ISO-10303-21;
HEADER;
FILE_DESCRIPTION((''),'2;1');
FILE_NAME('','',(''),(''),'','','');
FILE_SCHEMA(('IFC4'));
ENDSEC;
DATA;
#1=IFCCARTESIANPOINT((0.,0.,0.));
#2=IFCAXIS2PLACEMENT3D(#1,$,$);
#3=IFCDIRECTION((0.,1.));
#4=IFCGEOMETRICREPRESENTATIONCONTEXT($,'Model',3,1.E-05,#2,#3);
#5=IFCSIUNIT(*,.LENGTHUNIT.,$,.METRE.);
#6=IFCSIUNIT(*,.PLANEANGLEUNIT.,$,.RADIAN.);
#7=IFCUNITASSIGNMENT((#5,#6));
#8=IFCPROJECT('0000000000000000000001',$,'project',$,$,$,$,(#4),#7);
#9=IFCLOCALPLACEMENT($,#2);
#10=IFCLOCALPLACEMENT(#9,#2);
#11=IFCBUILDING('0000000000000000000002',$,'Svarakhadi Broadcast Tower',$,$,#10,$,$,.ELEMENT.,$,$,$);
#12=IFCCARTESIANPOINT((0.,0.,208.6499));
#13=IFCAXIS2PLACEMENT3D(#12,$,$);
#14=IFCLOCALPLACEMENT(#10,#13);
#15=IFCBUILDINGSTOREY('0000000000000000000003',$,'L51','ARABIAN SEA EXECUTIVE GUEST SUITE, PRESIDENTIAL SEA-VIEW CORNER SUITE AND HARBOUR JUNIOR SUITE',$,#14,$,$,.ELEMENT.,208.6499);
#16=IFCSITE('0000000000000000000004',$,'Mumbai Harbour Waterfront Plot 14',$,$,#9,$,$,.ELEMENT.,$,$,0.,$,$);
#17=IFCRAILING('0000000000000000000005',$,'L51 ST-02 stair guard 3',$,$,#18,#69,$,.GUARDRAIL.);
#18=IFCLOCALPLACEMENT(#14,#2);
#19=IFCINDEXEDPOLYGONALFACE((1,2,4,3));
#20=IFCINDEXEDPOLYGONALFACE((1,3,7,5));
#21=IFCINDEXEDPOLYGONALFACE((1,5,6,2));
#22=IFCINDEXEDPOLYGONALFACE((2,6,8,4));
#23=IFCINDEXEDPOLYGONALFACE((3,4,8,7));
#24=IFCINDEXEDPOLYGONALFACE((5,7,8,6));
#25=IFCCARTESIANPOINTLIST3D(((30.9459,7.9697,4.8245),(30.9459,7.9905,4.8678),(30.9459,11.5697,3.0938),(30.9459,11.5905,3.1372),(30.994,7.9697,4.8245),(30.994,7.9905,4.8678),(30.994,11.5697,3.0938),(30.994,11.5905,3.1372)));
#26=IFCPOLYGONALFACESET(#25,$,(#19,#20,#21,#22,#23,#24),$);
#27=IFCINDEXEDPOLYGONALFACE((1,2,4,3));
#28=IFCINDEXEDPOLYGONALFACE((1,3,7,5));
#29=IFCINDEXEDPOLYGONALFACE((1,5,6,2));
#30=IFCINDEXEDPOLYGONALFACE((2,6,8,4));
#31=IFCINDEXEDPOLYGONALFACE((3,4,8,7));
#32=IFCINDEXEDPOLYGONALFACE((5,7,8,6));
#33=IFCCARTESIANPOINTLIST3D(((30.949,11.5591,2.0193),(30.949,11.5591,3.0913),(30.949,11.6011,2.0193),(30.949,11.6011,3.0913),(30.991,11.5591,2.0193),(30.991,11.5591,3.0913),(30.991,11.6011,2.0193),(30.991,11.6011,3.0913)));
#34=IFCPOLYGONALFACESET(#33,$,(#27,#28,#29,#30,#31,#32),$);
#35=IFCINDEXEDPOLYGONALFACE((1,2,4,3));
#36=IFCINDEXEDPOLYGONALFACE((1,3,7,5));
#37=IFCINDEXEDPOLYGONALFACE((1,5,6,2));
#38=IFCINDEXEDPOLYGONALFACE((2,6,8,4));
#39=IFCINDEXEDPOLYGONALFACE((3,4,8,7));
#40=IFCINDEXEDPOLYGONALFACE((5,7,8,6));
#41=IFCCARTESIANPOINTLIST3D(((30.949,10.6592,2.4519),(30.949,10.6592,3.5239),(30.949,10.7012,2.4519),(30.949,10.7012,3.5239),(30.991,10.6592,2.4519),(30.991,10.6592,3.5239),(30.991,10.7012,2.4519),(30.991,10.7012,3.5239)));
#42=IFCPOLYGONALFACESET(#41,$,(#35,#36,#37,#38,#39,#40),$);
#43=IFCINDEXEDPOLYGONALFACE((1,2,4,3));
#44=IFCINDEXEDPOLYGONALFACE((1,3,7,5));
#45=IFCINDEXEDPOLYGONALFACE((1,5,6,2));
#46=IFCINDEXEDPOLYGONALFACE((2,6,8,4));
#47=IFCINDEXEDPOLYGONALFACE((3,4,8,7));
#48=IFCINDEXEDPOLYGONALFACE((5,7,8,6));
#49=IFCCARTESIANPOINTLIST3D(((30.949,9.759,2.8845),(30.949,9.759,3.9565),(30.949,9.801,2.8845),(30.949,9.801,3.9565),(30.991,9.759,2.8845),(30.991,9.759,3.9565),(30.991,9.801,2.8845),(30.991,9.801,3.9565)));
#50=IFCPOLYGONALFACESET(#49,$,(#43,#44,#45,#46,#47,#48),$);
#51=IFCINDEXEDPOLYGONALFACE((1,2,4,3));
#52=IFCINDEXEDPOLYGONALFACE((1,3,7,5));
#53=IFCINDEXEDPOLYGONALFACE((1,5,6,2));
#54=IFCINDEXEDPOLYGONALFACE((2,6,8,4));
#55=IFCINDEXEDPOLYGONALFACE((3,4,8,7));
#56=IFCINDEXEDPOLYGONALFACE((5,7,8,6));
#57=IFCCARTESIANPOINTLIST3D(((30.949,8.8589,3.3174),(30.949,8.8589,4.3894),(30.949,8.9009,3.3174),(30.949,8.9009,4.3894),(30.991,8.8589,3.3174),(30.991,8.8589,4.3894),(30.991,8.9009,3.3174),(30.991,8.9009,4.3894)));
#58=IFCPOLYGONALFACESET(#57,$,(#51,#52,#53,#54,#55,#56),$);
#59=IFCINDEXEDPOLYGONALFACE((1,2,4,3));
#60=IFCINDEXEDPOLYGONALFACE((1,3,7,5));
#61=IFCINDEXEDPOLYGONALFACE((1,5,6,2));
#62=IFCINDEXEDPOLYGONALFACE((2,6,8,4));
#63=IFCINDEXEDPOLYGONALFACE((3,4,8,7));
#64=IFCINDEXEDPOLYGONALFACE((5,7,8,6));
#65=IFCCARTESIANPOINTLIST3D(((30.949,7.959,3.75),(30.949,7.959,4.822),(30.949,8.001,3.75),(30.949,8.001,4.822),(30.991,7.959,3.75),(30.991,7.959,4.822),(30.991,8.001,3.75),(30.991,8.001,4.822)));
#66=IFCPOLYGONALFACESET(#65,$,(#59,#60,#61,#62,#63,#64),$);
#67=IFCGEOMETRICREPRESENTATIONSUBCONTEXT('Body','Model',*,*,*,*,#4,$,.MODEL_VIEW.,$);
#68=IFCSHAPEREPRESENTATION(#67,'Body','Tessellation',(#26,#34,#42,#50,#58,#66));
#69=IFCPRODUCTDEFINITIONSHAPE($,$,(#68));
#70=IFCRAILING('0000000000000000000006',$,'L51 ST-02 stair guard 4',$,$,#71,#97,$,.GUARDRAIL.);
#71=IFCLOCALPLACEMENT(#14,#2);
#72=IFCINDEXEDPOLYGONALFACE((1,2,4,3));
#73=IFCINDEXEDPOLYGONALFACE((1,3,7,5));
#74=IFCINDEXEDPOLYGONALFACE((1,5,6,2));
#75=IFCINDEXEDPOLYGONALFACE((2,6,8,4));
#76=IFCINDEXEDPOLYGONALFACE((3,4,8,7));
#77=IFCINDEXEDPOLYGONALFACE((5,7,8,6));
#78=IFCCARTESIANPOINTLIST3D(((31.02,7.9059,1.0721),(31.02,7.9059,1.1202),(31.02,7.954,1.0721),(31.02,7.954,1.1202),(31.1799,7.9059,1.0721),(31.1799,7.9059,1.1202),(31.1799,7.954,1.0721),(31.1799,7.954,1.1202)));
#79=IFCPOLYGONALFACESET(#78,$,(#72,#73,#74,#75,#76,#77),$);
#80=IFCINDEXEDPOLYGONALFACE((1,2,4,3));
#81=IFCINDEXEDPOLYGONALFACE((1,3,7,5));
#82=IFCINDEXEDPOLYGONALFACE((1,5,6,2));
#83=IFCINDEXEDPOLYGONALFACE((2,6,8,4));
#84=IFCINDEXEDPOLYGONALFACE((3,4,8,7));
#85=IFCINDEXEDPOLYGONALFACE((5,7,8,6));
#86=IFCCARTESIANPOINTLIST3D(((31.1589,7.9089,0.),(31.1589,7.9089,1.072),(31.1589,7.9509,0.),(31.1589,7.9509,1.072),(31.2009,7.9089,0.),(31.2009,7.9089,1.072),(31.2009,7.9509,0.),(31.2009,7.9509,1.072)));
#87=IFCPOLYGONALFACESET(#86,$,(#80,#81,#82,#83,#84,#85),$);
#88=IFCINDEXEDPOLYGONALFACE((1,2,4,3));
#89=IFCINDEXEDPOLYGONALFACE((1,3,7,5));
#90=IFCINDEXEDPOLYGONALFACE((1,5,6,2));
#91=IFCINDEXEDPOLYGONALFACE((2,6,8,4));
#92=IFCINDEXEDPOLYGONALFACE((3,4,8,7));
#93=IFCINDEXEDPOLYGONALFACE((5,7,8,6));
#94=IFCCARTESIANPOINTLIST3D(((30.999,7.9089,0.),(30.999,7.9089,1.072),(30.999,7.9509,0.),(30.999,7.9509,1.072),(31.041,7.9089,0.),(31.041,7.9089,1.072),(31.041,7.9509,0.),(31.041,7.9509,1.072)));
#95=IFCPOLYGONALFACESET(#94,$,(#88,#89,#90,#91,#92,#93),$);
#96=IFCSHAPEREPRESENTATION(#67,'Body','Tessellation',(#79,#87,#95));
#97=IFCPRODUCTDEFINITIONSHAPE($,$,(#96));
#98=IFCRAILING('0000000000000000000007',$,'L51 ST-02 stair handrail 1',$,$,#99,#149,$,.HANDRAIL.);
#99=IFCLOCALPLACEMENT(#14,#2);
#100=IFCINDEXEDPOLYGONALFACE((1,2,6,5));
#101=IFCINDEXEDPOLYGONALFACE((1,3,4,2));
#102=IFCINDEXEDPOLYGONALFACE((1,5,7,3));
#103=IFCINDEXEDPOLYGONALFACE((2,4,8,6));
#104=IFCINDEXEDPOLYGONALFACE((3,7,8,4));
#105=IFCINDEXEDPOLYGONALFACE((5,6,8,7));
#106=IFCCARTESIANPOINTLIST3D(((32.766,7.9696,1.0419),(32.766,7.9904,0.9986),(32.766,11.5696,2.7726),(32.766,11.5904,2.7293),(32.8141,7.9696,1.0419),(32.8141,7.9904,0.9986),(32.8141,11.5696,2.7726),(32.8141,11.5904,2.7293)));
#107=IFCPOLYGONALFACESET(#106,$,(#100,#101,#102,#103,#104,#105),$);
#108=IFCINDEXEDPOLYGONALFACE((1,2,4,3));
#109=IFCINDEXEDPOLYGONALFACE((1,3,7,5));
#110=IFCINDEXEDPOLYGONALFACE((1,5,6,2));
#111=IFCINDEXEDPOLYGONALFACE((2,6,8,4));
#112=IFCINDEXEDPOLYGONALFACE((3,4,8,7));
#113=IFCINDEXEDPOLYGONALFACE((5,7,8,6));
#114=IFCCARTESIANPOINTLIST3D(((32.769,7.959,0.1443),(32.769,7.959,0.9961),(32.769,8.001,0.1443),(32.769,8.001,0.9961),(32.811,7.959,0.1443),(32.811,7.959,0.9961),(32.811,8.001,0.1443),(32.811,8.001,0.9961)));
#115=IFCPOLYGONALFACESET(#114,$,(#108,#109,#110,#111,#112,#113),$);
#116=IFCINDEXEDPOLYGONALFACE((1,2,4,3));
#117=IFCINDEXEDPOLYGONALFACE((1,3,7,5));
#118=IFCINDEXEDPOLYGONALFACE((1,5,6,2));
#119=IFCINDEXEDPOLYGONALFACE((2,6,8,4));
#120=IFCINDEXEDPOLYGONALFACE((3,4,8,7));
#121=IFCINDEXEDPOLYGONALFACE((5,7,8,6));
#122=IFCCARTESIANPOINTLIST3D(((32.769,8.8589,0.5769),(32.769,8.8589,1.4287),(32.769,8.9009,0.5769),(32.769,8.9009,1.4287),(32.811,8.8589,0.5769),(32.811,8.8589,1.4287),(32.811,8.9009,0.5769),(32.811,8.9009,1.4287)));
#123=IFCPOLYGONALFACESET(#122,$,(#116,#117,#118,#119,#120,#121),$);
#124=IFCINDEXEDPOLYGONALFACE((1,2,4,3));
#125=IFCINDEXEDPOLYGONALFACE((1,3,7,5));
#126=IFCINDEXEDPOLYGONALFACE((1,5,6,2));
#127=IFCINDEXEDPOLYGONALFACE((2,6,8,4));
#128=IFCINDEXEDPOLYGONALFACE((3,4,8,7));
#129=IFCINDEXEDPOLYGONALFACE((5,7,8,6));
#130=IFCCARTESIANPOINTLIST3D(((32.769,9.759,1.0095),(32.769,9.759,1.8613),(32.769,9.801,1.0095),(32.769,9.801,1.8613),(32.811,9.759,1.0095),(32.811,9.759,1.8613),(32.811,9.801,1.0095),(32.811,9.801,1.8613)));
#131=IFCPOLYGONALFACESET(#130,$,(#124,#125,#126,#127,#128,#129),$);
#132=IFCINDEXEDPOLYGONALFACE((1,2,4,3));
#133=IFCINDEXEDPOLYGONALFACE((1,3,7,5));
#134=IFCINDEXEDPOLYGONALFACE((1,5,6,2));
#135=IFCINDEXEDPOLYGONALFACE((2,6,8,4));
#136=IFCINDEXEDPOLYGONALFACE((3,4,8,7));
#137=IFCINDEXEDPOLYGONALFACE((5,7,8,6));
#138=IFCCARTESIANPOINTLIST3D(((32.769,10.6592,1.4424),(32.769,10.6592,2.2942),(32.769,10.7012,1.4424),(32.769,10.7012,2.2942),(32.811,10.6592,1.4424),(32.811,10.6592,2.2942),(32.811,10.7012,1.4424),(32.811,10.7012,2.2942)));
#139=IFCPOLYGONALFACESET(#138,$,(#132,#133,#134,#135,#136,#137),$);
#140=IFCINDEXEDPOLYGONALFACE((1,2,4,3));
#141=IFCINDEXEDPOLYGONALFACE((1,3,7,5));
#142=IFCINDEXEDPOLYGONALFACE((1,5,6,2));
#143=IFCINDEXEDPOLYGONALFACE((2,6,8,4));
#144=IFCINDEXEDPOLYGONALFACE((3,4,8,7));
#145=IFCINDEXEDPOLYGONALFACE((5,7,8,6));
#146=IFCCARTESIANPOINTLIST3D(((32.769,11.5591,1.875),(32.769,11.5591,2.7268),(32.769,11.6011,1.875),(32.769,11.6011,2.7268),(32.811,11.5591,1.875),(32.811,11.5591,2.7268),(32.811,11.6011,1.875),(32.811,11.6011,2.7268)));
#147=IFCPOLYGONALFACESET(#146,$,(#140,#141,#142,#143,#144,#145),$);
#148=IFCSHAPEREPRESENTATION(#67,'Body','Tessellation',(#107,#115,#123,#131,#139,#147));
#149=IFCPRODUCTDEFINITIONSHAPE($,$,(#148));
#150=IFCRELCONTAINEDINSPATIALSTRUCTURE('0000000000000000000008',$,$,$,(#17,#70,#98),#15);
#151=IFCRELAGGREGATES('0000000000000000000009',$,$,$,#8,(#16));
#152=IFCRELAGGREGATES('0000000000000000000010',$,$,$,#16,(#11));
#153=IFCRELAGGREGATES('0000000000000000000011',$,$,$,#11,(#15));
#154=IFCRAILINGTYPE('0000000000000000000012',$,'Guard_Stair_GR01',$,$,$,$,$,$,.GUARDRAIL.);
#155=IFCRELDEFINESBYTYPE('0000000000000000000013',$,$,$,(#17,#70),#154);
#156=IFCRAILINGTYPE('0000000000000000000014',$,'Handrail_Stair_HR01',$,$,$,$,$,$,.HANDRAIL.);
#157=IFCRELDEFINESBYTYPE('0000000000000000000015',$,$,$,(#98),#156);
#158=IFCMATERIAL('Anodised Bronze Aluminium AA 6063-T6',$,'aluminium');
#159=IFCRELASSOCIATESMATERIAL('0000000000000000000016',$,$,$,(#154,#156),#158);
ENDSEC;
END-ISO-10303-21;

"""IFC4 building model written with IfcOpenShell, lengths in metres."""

from ifc_helpers import new_model, si_unit, direction, frame, origin, origin_2d, place, context, subcontext, project, spatial, rectangle, extrude, material, type_object, element, save


model = new_model("IFC4")

# Units and contexts
model_context = context("Model", 3, precision=1e-05, world=origin(), true_north=direction((0.0, 1.0)))
body_context = subcontext(model_context, "Body", "Model", "MODEL_VIEW")
ifc_project = project(units=[si_unit("LENGTHUNIT", "METRE"), si_unit("PLANEANGLEUNIT", "RADIAN")], contexts=[model_context])

# Site, building, storey
site_placement = place(None, origin())
site = spatial("IfcSite", under=ifc_project, at=site_placement, Name="Mumbai Harbour Waterfront Plot 14", CompositionType="ELEMENT", RefElevation=0.0)
building_placement = place(site_placement, origin())
building = spatial("IfcBuilding", under=site, at=building_placement, Name="Svarakhadi Broadcast Tower", CompositionType="ELEMENT")
storey_placement = place(building_placement, frame((0.0, 0.0, 208.6499)))
storey = spatial("IfcBuildingStorey", under=building, at=storey_placement, Name="L51", Description="ARABIAN SEA EXECUTIVE GUEST SUITE, PRESIDENTIAL SEA-VIEW CORNER SUITE AND HARBOUR JUNIOR SUITE", CompositionType="ELEMENT", Elevation=208.6499)

# Shared definitions
ifc_material_1 = material(Name="Anodised Bronze Aluminium AA 6063-T6", Category="aluminium")

# Railings
railing_type_1 = type_object("IfcRailingType", Name="Guard_Stair_GR01", PredefinedType="GUARDRAIL", material=ifc_material_1)
railing_1_placement = place(storey_placement, frame((30.97, 11.5801, 2.0193)))
element("IfcRailing", 1, at=railing_1_placement, inside=storey, type_object=railing_type_1, Name="L51 ST-02 stair guard 3", PredefinedType="GUARDRAIL", context=body_context, shape_type="SweptSolid", body=[
    extrude(rectangle(XDim=0.0481, YDim=0.0481, at=origin_2d()), frame((0.0, 0.0, 1.0962), z_axis=(0.0, -0.901263, 0.433273), x_axis=(1.0, 0.0, 0.0)), (0.0, 0.0, 1.0), 3.9944),
    extrude(rectangle(XDim=0.042, YDim=0.042, at=origin_2d()), origin(), (0.0, 0.0, 1.0), 1.072),
    extrude(rectangle(XDim=0.042, YDim=0.042, at=origin_2d()), frame((0.0, -0.8999, 0.4326)), (0.0, 0.0, 1.0), 1.072),
    extrude(rectangle(XDim=0.042, YDim=0.042, at=origin_2d()), frame((0.0, -1.8, 0.8652)), (0.0, 0.0, 1.0), 1.072),
    extrude(rectangle(XDim=0.042, YDim=0.042, at=origin_2d()), frame((0.0, -2.7002, 1.2981)), (0.0, 0.0, 1.0), 1.072),
    extrude(rectangle(XDim=0.042, YDim=0.042, at=origin_2d()), frame((0.0, -3.6001, 1.7307)), (0.0, 0.0, 1.0), 1.072),
])
railing_2_placement = place(storey_placement, frame((31.1799, 7.9299, 0.0)))
element("IfcRailing", 2, at=railing_2_placement, inside=storey, type_object=railing_type_1, Name="L51 ST-02 stair guard 4", PredefinedType="GUARDRAIL", context=body_context, shape_type="SweptSolid", body=[
    extrude(rectangle(XDim=0.0481, YDim=0.0481, at=origin_2d()), frame((0.0, 0.0, 1.0962), z_axis=(-1.0, 0.0, 0.0), x_axis=(0.0, -1.0, 0.0)), (0.0, 0.0, 1.0), 0.1599),
    extrude(rectangle(XDim=0.042, YDim=0.042, at=origin_2d()), origin(), (0.0, 0.0, 1.0), 1.072),
    extrude(rectangle(XDim=0.042, YDim=0.042, at=origin_2d()), frame((-0.1599, 0.0, 0.0)), (0.0, 0.0, 1.0), 1.072),
])
railing_type_2 = type_object("IfcRailingType", Name="Handrail_Stair_HR01", PredefinedType="HANDRAIL", material=ifc_material_1)
railing_3_placement = place(storey_placement, frame((32.79, 7.98, 0.1443)))
element("IfcRailing", 3, at=railing_3_placement, inside=storey, type_object=railing_type_2, Name="L51 ST-02 stair handrail 1", PredefinedType="HANDRAIL", context=body_context, shape_type="SweptSolid", body=[
    extrude(rectangle(XDim=0.0481, YDim=0.0481, at=origin_2d()), frame((0.0, 0.0, 0.876), z_axis=(0.0, 0.901263, 0.433273), x_axis=(-1.0, 0.0, 0.0)), (0.0, 0.0, 1.0), 3.9944),
    extrude(rectangle(XDim=0.042, YDim=0.042, at=origin_2d()), origin(), (0.0, 0.0, 1.0), 0.8518),
    extrude(rectangle(XDim=0.042, YDim=0.042, at=origin_2d()), frame((0.0, 0.8999, 0.4326)), (0.0, 0.0, 1.0), 0.8518),
    extrude(rectangle(XDim=0.042, YDim=0.042, at=origin_2d()), frame((0.0, 1.8, 0.8652)), (0.0, 0.0, 1.0), 0.8518),
    extrude(rectangle(XDim=0.042, YDim=0.042, at=origin_2d()), frame((0.0, 2.7002, 1.2981)), (0.0, 0.0, 1.0), 0.8518),
    extrude(rectangle(XDim=0.042, YDim=0.042, at=origin_2d()), frame((0.0, 3.6001, 1.7307)), (0.0, 0.0, 1.0), 0.8518),
])

save(model, "model.ifc")
